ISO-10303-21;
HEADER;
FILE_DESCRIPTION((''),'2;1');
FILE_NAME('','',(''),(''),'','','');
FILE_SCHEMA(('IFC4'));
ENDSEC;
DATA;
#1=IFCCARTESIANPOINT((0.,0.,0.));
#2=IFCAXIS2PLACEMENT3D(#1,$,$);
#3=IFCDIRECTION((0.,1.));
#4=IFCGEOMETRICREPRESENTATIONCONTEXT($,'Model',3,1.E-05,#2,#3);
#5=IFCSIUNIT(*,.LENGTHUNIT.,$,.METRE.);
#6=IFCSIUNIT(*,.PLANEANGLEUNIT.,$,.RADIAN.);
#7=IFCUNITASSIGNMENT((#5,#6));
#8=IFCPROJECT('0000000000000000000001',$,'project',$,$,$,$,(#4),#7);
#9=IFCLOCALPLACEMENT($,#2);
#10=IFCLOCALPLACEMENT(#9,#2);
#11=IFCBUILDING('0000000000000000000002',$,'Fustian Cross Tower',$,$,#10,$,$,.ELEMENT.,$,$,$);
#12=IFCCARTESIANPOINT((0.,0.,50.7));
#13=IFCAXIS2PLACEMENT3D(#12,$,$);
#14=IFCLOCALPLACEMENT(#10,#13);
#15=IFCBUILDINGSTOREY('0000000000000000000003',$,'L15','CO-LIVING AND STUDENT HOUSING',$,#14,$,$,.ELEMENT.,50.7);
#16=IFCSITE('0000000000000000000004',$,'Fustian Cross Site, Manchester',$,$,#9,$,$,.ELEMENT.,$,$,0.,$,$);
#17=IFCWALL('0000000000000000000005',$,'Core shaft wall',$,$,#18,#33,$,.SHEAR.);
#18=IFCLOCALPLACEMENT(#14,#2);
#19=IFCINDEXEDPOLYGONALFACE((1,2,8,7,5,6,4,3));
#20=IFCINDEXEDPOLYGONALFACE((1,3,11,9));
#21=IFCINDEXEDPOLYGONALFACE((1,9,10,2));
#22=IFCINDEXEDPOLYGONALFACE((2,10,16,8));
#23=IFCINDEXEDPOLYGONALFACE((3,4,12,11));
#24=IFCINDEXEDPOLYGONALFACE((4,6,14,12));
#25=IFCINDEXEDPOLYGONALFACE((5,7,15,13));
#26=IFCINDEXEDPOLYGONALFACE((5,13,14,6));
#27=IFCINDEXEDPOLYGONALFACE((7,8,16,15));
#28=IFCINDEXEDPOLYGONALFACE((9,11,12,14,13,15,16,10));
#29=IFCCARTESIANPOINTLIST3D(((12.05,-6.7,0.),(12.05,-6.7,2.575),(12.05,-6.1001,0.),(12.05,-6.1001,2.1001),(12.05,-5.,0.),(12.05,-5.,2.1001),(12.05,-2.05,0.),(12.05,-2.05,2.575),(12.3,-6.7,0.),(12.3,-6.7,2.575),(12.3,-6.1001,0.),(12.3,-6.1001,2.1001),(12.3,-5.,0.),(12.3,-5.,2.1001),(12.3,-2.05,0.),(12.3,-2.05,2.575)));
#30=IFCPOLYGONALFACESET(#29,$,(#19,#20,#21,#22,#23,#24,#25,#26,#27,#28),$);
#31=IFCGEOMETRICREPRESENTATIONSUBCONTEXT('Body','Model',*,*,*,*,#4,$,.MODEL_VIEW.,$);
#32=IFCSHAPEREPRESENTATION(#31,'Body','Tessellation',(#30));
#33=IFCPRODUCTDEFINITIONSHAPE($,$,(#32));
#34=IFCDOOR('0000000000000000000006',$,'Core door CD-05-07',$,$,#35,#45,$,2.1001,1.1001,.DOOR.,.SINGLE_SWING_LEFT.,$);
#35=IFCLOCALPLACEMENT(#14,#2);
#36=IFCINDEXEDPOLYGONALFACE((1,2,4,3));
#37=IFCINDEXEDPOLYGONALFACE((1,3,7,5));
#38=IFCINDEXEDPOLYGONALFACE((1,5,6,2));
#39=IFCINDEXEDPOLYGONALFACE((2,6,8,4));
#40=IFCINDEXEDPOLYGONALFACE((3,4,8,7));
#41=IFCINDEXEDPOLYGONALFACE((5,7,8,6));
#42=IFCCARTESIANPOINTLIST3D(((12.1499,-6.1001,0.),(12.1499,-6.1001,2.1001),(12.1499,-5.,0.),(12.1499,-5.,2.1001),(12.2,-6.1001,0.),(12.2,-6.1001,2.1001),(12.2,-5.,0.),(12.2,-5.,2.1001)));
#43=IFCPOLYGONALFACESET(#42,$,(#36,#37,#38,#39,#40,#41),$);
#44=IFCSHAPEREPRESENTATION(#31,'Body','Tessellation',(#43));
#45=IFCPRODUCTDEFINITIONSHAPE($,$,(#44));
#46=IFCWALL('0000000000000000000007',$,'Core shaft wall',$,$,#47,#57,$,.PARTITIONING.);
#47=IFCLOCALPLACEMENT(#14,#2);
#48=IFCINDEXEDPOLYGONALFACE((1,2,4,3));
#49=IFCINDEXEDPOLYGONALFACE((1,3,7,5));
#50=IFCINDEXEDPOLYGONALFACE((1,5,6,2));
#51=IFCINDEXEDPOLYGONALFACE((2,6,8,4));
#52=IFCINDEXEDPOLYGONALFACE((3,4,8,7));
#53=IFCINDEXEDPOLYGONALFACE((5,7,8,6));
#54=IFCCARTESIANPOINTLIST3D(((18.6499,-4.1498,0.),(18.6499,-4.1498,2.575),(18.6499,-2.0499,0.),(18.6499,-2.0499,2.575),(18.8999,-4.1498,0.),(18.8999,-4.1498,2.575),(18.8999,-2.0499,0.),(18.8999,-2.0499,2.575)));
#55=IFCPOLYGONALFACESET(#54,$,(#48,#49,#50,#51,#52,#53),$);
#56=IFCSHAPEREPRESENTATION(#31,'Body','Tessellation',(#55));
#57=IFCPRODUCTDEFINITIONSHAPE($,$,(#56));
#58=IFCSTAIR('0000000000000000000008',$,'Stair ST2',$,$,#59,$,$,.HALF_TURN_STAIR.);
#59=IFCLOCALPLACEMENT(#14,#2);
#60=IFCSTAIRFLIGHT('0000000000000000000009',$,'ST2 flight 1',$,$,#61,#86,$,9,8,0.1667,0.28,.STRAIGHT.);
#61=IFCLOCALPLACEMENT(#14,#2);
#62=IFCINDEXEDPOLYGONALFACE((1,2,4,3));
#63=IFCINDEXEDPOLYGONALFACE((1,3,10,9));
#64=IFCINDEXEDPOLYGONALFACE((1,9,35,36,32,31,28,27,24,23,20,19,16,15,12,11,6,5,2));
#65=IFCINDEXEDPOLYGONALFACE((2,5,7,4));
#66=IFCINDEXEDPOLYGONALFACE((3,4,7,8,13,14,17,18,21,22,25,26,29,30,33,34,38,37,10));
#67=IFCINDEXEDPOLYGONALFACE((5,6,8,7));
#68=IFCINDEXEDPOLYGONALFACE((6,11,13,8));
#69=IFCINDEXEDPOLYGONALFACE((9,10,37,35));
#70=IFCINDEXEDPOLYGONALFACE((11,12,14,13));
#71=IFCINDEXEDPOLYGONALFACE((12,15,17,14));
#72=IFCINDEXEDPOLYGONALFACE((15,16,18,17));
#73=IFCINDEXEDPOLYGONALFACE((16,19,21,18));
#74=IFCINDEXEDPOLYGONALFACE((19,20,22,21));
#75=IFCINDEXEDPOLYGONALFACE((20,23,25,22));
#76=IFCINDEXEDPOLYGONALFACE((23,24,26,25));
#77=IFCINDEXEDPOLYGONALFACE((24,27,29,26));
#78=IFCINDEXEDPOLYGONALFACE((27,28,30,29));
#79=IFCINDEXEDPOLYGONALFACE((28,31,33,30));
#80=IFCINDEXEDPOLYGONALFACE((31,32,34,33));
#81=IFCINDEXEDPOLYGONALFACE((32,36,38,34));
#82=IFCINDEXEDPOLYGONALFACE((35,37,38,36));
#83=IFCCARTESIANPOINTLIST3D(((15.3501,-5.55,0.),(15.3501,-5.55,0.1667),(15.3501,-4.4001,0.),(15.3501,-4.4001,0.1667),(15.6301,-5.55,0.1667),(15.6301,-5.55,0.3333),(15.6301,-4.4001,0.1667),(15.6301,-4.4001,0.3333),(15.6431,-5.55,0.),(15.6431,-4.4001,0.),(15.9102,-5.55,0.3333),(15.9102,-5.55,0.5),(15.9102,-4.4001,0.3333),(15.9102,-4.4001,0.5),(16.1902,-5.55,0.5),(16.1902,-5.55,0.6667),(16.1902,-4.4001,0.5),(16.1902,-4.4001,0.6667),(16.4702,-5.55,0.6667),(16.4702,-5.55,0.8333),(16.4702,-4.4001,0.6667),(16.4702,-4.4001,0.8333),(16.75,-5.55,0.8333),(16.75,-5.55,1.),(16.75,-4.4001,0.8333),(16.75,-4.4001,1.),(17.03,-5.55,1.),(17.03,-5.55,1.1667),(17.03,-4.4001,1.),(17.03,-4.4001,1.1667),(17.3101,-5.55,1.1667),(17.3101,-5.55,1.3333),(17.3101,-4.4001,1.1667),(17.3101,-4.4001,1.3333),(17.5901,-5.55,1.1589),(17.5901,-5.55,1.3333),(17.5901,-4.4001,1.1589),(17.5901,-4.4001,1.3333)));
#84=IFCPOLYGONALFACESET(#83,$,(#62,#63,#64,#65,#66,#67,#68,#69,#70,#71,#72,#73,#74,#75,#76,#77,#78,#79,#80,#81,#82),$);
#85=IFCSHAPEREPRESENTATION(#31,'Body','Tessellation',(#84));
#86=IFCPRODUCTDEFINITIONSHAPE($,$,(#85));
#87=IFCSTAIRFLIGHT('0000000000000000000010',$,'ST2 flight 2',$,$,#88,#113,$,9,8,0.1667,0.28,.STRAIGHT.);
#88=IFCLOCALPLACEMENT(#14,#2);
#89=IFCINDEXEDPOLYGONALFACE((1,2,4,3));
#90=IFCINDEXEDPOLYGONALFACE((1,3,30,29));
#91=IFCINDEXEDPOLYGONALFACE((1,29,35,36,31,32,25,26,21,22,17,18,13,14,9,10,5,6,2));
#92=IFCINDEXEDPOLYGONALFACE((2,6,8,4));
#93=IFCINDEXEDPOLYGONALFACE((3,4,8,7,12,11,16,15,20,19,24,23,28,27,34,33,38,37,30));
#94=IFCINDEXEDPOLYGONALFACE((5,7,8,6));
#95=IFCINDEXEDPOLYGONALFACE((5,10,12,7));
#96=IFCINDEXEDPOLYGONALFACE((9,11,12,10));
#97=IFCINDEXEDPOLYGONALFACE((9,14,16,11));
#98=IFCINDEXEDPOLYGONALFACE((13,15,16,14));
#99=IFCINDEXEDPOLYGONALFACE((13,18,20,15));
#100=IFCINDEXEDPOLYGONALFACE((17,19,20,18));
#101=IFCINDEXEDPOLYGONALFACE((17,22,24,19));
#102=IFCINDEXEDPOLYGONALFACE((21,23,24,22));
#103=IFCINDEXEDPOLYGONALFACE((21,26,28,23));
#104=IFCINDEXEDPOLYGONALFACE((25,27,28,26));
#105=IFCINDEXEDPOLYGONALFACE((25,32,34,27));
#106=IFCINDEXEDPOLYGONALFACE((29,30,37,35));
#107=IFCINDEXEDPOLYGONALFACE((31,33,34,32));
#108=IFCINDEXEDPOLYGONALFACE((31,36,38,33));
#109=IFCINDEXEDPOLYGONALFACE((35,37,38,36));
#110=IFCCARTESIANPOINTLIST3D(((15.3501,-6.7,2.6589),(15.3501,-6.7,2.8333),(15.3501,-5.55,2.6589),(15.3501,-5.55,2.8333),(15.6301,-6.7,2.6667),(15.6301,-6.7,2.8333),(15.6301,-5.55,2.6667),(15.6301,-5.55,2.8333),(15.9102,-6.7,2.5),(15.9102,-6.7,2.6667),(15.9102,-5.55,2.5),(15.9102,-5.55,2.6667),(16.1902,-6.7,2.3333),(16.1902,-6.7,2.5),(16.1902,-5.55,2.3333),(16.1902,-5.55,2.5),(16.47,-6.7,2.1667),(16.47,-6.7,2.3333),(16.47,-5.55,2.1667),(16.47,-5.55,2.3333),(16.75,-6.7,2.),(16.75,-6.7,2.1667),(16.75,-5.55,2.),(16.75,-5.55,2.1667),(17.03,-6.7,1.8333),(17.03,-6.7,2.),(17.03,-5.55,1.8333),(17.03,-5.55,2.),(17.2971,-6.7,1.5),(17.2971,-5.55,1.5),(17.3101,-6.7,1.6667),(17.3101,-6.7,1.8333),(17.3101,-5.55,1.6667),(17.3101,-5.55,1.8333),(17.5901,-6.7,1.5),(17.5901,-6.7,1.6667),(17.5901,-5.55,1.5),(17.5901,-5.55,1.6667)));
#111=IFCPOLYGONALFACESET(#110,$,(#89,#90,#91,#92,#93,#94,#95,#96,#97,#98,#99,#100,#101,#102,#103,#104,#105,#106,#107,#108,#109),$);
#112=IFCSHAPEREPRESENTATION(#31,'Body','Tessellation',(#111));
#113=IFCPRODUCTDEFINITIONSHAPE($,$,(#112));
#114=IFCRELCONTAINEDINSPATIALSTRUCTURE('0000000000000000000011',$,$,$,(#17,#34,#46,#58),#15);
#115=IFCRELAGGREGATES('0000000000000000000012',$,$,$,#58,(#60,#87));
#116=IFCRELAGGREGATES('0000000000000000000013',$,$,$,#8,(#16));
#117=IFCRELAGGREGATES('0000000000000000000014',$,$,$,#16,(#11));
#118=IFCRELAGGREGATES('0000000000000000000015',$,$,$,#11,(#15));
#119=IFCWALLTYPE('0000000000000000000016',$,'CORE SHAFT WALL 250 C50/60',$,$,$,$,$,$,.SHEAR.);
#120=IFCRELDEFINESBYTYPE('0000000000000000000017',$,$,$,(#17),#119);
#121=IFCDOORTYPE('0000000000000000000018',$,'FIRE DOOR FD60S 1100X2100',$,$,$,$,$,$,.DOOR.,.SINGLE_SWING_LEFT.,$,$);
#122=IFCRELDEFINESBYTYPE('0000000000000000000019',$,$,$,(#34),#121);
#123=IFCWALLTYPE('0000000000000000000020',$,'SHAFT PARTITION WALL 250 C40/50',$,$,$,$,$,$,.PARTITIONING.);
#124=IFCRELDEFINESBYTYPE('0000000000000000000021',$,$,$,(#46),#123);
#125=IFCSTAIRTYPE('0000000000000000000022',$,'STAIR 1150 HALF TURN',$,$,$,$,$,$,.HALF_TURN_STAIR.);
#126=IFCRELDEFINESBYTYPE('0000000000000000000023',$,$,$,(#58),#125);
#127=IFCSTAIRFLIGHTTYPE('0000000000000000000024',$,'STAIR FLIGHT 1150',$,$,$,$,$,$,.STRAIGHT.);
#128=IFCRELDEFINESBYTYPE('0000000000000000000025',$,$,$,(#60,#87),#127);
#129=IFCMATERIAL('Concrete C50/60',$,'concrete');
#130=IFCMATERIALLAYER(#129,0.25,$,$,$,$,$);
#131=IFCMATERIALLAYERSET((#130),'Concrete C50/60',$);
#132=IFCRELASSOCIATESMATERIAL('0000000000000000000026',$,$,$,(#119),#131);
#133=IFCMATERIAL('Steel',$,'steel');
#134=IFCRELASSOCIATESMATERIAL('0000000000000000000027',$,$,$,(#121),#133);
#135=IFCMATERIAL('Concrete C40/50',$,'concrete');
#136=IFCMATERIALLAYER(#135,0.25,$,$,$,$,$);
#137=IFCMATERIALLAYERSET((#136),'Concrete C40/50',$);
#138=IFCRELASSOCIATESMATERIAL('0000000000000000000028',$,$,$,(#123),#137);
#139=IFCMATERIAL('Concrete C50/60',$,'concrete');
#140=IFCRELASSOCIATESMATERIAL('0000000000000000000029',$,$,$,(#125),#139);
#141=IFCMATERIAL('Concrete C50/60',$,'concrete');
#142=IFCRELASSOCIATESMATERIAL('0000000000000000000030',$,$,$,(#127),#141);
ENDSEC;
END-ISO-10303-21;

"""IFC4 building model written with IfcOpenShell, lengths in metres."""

from ifc_helpers import new_model, si_unit, direction, frame, frame_2d, origin, place, context, subcontext, project, spatial, polyline, rectangle, outline, extrude, material, layer, layer_set, type_object, element, fill, aggregate, save


model = new_model("IFC4")

# Units and contexts
model_context = context("Model", 3, precision=1e-05, world=origin(), true_north=direction((0.0, 1.0)))
body_context = subcontext(model_context, "Body", "Model", "MODEL_VIEW")
ifc_project = project(units=[si_unit("LENGTHUNIT", "METRE"), si_unit("PLANEANGLEUNIT", "RADIAN")], contexts=[model_context])

# Site, building, storey
site_placement = place(None, origin())
site = spatial("IfcSite", under=ifc_project, at=site_placement, Name="Fustian Cross Site, Manchester", CompositionType="ELEMENT", RefElevation=0.0)
building_placement = place(site_placement, origin())
building = spatial("IfcBuilding", under=site, at=building_placement, Name="Fustian Cross Tower", CompositionType="ELEMENT")
storey_placement = place(building_placement, frame((0.0, 0.0, 50.7)))
storey = spatial("IfcBuildingStorey", under=building, at=storey_placement, Name="L15", Description="CO-LIVING AND STUDENT HOUSING", CompositionType="ELEMENT", Elevation=50.7)

# Shared definitions
ifc_material_1 = material(Name="Concrete C50/60", Category="concrete")
ifc_layer_1 = layer(ifc_material_1, 0.25)
ifc_layer_set_1 = layer_set([ifc_layer_1], Name="Concrete C50/60")
wall_type_1 = type_object("IfcWallType", Name="CORE SHAFT WALL 250 C50/60", PredefinedType="SHEAR", material=ifc_layer_set_1)

# Wall, opening, door
wall_1_placement = place(storey_placement, frame((12.175, -2.05, 0.0), z_axis=(0.0, 0.0, 1.0), x_axis=(0.0, -1.0, 0.0)))
wall_1 = element("IfcWall", 1, at=wall_1_placement, inside=storey, type_object=wall_type_1, Name="Core shaft wall", PredefinedType="SHEAR", context=body_context, shape_type="SweptSolid", body=[
    extrude(rectangle(XDim=4.6499, YDim=0.25, at=frame_2d((2.325, 0.0))), origin(), (0.0, 0.0, 1.0), 2.575),
])
opening_1_placement = place(wall_1_placement, frame((2.95, 0.0, 0.0)))
opening_1 = element("IfcOpeningElement", 2, at=opening_1_placement, cuts=wall_1, PredefinedType="OPENING", context=body_context, shape_type="SweptSolid", body=[
    extrude(rectangle(XDim=1.1001, YDim=2.1001, at=frame_2d((0.55, 1.05))), frame((0.0, 0.135, 0.0), z_axis=(0.0, -1.0, 0.0), x_axis=(1.0, 0.0, 0.0)), (0.0, 0.0, 1.0), 0.27),
])
ifc_material_2 = material(Name="Steel", Category="steel")
door_type_1 = type_object("IfcDoorType", Name="FIRE DOOR FD60S 1100X2100", OperationType="SINGLE_SWING_LEFT", PredefinedType="DOOR", material=ifc_material_2)
door_1_placement = place(opening_1_placement, origin())
door_1 = element("IfcDoor", 3, at=door_1_placement, inside=storey, type_object=door_type_1, Name="Core door CD-05-07", OperationType="SINGLE_SWING_LEFT", OverallHeight=2.1001, OverallWidth=1.1001, PredefinedType="DOOR", context=body_context, shape_type="SweptSolid", body=[
    extrude(rectangle(XDim=1.1001, YDim=2.1001, at=frame_2d((0.55, 1.05))), frame((0.0, 0.0249, 0.0), z_axis=(0.0, -1.0, 0.0), x_axis=(1.0, 0.0, 0.0)), (0.0, 0.0, 1.0), 0.05),
])
fill(opening_1, door_1)

# Wall
ifc_material_3 = material(Name="Concrete C40/50", Category="concrete")
ifc_layer_2 = layer(ifc_material_3, 0.25)
ifc_layer_set_2 = layer_set([ifc_layer_2], Name="Concrete C40/50")
wall_type_2 = type_object("IfcWallType", Name="SHAFT PARTITION WALL 250 C40/50", PredefinedType="PARTITIONING", material=ifc_layer_set_2)
wall_2_placement = place(storey_placement, frame((18.7749, -2.05, 0.0), z_axis=(0.0, 0.0, 1.0), x_axis=(0.0, -1.0, 0.0)))
element("IfcWall", 4, at=wall_2_placement, inside=storey, type_object=wall_type_2, Name="Core shaft wall", PredefinedType="PARTITIONING", context=body_context, shape_type="SweptSolid", body=[
    extrude(rectangle(XDim=2.0999, YDim=0.25, at=frame_2d((1.0498, 0.0))), origin(), (0.0, 0.0, 1.0), 2.575),
])

# Stair, stair flights
ifc_material_4 = material(Name="Concrete C50/60", Category="concrete")
stair_type = type_object("IfcStairType", Name="STAIR 1150 HALF TURN", PredefinedType="HALF_TURN_STAIR", material=ifc_material_4)
stair_placement = place(storey_placement, origin())
stair = element("IfcStair", 5, at=stair_placement, inside=storey, type_object=stair_type, Name="Stair ST2", PredefinedType="HALF_TURN_STAIR")
ifc_material_5 = material(Name="Concrete C50/60", Category="concrete")
stair_flight_type = type_object("IfcStairFlightType", Name="STAIR FLIGHT 1150", PredefinedType="STRAIGHT", material=ifc_material_5)
stair_flight_1_placement = place(storey_placement, frame((15.3501, -4.9751, 0.0), z_axis=(0.0, 0.0, 1.0), x_axis=(1.0, 0.0, 0.0)))
stair_flight_1 = element("IfcStairFlight", 6, at=stair_flight_1_placement, type_object=stair_flight_type, Name="ST2 flight 1", NumberOfRisers=9, NumberOfTreads=8, PredefinedType="STRAIGHT", RiserHeight=0.1667, TreadLength=0.28, context=body_context, shape_type="SweptSolid", body=[
    extrude(outline(polyline([(0.0, 0.0), (0.0, 0.1667), (0.28, 0.1667), (0.28, 0.3333), (0.5601, 0.3333), (0.5601, 0.5), (0.8401, 0.5), (0.8401, 0.6667), (1.1201, 0.6667), (1.1201, 0.8333), (1.3999, 0.8333), (1.3999, 1.0), (1.6799, 1.0), (1.6799, 1.1667), (1.96, 1.1667), (1.96, 1.3333), (2.24, 1.3333), (2.24, 1.5), (2.24, 1.1589), (0.293, 0.0), (0.0, 0.0)])), frame((0.0, 0.575, 0.0), z_axis=(0.0, -1.0, 0.0), x_axis=(1.0, 0.0, 0.0)), (0.0, 0.0, 1.0), 1.1499),
])
stair_flight_2_placement = place(storey_placement, frame((17.5901, -6.125, 1.5), z_axis=(0.0, 0.0, 1.0), x_axis=(-1.0, 0.0, 0.0)))
stair_flight_2 = element("IfcStairFlight", 7, at=stair_flight_2_placement, type_object=stair_flight_type, Name="ST2 flight 2", NumberOfRisers=9, NumberOfTreads=8, PredefinedType="STRAIGHT", RiserHeight=0.1667, TreadLength=0.28, context=body_context, shape_type="SweptSolid", body=[
    extrude(outline(polyline([(0.0, 0.0), (0.0, 0.1667), (0.28, 0.1667), (0.28, 0.3333), (0.5601, 0.3333), (0.5601, 0.5), (0.8401, 0.5), (0.8401, 0.6667), (1.1201, 0.6667), (1.1201, 0.8333), (1.3999, 0.8333), (1.3999, 1.0), (1.6799, 1.0), (1.6799, 1.1667), (1.96, 1.1667), (1.96, 1.3333), (2.24, 1.3333), (2.24, 1.5), (2.24, 1.1589), (0.293, 0.0), (0.0, 0.0)])), frame((0.0, 0.575, 0.0), z_axis=(0.0, -1.0, 0.0), x_axis=(1.0, 0.0, 0.0)), (0.0, 0.0, 1.0), 1.1499),
])
aggregate(stair, [stair_flight_1, stair_flight_2])

save(model, "model.ifc")
